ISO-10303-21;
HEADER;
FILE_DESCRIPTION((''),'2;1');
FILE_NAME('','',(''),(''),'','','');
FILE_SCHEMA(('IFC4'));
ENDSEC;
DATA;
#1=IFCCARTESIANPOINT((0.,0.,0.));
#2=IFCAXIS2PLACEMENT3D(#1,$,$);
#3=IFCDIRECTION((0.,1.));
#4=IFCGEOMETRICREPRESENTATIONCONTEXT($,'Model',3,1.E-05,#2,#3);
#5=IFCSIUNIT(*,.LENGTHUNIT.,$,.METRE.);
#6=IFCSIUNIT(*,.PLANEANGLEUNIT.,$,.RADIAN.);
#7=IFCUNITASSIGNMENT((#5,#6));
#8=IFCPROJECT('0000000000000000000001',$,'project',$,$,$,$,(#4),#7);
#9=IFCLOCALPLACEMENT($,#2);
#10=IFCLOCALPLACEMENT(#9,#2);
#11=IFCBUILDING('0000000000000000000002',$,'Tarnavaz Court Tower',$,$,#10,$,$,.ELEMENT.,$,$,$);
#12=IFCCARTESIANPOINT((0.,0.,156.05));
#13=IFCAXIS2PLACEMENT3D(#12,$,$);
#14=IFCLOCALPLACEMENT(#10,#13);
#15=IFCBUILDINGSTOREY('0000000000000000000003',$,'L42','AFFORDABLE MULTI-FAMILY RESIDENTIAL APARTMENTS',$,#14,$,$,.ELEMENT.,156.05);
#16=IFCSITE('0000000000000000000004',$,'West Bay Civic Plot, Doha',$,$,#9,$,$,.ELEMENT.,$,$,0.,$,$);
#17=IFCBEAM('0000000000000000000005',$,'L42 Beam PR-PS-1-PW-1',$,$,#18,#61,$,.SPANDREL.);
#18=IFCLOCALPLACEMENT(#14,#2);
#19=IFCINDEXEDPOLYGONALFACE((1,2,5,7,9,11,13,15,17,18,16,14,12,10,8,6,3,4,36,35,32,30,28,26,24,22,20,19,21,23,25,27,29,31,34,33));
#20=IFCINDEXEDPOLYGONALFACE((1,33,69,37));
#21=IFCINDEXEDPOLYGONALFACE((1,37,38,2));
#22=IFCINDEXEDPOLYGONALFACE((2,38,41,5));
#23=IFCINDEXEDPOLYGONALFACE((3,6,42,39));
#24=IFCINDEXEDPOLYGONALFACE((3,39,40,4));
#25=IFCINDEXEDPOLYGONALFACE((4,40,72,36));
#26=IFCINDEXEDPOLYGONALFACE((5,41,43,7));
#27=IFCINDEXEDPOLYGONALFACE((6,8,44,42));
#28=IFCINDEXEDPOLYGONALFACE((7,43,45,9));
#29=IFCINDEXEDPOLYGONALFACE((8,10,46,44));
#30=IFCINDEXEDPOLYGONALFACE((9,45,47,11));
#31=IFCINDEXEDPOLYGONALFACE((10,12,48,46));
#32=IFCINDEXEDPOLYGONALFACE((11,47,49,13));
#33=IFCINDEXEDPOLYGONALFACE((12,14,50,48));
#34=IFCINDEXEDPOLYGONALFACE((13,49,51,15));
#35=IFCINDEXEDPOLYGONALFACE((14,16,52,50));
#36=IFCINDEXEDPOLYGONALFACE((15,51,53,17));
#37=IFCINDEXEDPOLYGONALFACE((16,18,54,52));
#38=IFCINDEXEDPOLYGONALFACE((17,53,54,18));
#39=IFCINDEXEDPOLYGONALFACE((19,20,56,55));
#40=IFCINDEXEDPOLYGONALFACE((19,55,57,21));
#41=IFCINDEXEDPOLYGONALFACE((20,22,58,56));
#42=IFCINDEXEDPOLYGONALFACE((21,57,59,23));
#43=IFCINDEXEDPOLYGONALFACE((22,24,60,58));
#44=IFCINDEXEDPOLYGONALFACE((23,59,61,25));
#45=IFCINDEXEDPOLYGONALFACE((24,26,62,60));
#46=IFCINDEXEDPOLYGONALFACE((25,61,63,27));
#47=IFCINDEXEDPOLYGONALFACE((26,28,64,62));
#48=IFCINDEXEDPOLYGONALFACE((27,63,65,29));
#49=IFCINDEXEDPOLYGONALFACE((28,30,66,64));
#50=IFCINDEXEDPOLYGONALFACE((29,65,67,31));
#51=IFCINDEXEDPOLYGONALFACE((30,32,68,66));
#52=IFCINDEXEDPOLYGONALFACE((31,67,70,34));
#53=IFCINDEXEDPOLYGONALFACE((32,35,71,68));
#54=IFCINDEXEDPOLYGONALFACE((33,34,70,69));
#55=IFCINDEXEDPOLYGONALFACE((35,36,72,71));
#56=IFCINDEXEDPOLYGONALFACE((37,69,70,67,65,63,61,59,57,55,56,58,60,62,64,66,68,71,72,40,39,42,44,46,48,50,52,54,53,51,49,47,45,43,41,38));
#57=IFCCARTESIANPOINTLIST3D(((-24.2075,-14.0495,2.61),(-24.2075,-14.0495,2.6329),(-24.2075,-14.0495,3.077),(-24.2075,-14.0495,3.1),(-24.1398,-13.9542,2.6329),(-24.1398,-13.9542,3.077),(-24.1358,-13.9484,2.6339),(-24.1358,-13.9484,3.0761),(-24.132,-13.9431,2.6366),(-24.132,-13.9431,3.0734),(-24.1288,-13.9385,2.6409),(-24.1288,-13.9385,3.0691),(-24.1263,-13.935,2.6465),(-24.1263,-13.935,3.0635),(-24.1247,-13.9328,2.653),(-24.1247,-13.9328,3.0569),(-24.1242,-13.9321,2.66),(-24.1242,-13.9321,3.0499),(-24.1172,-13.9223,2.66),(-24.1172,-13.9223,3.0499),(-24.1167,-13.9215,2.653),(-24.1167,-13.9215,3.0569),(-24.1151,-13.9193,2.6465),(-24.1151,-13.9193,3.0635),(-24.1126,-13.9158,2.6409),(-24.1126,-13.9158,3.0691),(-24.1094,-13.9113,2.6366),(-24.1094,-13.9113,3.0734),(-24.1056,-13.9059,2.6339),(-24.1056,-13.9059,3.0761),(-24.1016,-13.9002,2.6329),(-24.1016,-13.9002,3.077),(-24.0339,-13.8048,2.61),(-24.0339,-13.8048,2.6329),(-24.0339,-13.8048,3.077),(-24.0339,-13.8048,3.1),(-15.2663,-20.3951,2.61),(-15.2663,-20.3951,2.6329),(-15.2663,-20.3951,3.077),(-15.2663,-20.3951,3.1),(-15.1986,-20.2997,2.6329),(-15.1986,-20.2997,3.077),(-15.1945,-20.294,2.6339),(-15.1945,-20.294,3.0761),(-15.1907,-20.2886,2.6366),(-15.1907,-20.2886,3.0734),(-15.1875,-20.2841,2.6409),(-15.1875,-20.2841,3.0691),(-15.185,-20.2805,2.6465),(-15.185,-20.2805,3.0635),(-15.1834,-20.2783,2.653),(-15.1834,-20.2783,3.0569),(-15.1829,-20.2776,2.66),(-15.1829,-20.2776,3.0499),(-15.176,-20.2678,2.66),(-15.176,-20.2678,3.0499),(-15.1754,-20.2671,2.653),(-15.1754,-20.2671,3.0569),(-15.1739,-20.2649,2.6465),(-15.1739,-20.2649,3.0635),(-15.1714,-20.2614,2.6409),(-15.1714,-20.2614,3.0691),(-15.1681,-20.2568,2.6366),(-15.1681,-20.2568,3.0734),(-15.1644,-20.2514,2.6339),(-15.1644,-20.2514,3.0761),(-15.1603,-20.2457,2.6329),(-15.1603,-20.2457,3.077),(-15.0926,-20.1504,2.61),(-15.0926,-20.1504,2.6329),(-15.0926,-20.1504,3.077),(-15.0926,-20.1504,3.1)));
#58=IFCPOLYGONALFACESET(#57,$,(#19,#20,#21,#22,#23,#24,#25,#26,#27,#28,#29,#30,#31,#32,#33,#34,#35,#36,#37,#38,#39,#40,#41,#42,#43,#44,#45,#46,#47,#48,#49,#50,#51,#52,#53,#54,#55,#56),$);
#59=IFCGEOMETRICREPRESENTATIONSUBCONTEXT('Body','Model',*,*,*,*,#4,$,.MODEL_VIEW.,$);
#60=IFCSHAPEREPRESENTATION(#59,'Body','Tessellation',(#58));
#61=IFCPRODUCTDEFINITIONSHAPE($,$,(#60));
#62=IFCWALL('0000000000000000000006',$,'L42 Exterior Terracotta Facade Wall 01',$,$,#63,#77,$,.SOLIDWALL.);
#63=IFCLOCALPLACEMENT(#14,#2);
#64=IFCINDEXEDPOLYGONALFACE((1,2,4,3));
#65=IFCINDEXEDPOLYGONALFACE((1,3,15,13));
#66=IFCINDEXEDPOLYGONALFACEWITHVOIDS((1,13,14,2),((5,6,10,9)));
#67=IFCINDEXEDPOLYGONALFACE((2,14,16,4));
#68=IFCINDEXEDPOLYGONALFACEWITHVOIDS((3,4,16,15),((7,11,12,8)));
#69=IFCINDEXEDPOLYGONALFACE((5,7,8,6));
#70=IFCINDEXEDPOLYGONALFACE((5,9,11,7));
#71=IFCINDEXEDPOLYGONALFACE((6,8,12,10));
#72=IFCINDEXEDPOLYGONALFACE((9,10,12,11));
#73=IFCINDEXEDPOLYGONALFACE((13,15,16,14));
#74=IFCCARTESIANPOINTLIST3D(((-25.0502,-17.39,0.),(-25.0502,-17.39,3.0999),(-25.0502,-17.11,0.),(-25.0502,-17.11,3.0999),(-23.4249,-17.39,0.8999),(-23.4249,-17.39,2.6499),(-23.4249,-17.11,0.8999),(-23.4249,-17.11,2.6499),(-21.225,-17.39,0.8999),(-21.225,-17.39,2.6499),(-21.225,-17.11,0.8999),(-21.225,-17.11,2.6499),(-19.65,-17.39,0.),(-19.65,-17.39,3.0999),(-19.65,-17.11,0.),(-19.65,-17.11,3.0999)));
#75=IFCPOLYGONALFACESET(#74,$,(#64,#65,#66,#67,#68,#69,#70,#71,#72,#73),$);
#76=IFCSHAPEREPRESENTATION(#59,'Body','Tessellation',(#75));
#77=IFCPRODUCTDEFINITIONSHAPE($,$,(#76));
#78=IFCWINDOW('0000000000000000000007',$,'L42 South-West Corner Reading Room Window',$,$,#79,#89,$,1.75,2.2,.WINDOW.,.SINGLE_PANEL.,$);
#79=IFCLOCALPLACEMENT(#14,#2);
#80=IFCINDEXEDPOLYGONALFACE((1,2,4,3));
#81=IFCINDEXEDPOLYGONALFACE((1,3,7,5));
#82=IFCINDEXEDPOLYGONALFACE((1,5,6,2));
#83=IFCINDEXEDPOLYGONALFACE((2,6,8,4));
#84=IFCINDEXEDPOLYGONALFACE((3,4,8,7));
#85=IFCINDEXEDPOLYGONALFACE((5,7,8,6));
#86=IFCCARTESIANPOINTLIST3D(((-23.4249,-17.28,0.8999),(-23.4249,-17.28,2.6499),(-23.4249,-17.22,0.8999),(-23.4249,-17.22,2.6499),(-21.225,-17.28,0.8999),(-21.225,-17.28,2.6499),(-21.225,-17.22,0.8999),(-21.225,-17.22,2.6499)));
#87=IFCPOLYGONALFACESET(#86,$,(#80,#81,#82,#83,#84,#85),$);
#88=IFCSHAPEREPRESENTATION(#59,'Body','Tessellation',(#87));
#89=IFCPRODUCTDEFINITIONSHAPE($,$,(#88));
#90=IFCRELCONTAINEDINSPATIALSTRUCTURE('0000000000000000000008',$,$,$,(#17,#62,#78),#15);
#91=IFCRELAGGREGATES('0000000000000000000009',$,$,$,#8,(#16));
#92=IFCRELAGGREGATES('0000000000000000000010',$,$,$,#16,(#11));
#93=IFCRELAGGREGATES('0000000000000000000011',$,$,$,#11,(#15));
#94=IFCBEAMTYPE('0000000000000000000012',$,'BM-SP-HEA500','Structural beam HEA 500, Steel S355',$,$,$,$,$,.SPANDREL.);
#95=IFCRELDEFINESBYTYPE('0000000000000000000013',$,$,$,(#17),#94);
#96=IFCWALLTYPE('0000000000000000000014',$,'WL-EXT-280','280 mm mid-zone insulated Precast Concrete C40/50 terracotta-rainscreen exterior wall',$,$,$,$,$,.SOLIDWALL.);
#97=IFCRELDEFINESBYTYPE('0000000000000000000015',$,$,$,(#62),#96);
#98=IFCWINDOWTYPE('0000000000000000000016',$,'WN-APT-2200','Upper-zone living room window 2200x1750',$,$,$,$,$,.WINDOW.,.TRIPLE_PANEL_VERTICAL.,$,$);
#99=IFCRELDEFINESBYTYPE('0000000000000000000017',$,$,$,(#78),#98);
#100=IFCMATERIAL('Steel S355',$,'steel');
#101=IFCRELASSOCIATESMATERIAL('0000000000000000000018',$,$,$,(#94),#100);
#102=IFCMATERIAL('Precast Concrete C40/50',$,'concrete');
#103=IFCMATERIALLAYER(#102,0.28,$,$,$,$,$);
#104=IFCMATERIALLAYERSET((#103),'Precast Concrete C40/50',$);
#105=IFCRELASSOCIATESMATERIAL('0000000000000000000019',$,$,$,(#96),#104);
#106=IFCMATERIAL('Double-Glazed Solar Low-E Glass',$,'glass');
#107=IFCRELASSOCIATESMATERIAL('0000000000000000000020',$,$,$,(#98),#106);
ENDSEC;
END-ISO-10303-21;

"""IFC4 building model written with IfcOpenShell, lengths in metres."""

from ifc_helpers import new_model, si_unit, direction, frame, frame_2d, origin, origin_2d, place, context, subcontext, project, spatial, rectangle, i_section, extrude, material, layer, layer_set, material_profile, profile_set, type_object, element, fill, save


model = new_model("IFC4")

# Units and contexts
model_context = context("Model", 3, precision=1e-05, world=origin(), true_north=direction((0.0, 1.0)))
body_context = subcontext(model_context, "Body", "Model", "MODEL_VIEW")
ifc_project = project(units=[si_unit("LENGTHUNIT", "METRE"), si_unit("PLANEANGLEUNIT", "RADIAN")], contexts=[model_context])

# Site, building, storey
site_placement = place(None, origin())
site = spatial("IfcSite", under=ifc_project, at=site_placement, Name="West Bay Civic Plot, Doha", CompositionType="ELEMENT", RefElevation=0.0)
building_placement = place(site_placement, origin())
building = spatial("IfcBuilding", under=site, at=building_placement, Name="Tarnavaz Court Tower", CompositionType="ELEMENT")
storey_placement = place(building_placement, frame((0.0, 0.0, 156.05)))
storey = spatial("IfcBuildingStorey", under=building, at=storey_placement, Name="L42", Description="AFFORDABLE MULTI-FAMILY RESIDENTIAL APARTMENTS", CompositionType="ELEMENT", Elevation=156.05)

# Beam
ifc_material_1 = material(Name="Steel S355", Category="steel")
ifc_material_profile_1 = material_profile(ifc_material_1, i_section(OverallWidth=0.3, OverallDepth=0.49, WebThickness=0.012, FlangeThickness=0.0229, FilletRadius=0.0271, at=origin_2d()), Name="HEA 500")
ifc_profile_set_1 = profile_set([ifc_material_profile_1], Name="Steel S355")
beam_type_1 = type_object("IfcBeamType", Name="BM-SP-HEA500", Description="Structural beam HEA 500, Steel S355", PredefinedType="SPANDREL", material=ifc_profile_set_1)
beam_1_placement = place(storey_placement, frame((-15.1794, -20.2727, 2.855), z_axis=(-0.815502, 0.578754, 0.0), x_axis=(-0.578754, -0.815502, 0.0)))
element("IfcBeam", 1, at=beam_1_placement, inside=storey, type_object=beam_type_1, Name="L42 Beam PR-PS-1-PW-1", PredefinedType="SPANDREL", context=body_context, shape_type="SweptSolid", body=[
    extrude(i_section(OverallWidth=0.3, OverallDepth=0.49, WebThickness=0.012, FlangeThickness=0.0229, FilletRadius=0.0271, at=origin_2d()), origin(), (0.0, 0.0, 1.0), 10.9641),
])

# Wall, opening, window
ifc_material_2 = material(Name="Precast Concrete C40/50", Category="concrete")
ifc_layer_1 = layer(ifc_material_2, 0.28)
ifc_layer_set_1 = layer_set([ifc_layer_1], Name="Precast Concrete C40/50")
wall_type_1 = type_object("IfcWallType", Name="WL-EXT-280", Description="280 mm mid-zone insulated Precast Concrete C40/50 terracotta-rainscreen exterior wall", PredefinedType="SOLIDWALL", material=ifc_layer_set_1)
wall_1_placement = place(storey_placement, frame((-19.6499, -17.25, 0.0), z_axis=(0.0, 0.0, 1.0), x_axis=(-1.0, 0.0, 0.0)))
wall_1 = element("IfcWall", 2, at=wall_1_placement, inside=storey, type_object=wall_type_1, Name="L42 Exterior Terracotta Facade Wall 01", PredefinedType="SOLIDWALL", context=body_context, shape_type="SweptSolid", body=[
    extrude(rectangle(XDim=5.4001, YDim=0.28, at=frame_2d((2.7002, 0.0))), origin(), (0.0, 0.0, 1.0), 3.0999),
])
opening_1_placement = place(wall_1_placement, frame((1.575, 0.0, 0.8999)))
opening_1 = element("IfcOpeningElement", 3, at=opening_1_placement, cuts=wall_1, PredefinedType="OPENING", context=body_context, shape_type="SweptSolid", body=[
    extrude(rectangle(XDim=2.2, YDim=1.75, at=frame_2d((1.1001, 0.875))), frame((0.0, 0.1499, 0.0), z_axis=(0.0, -1.0, 0.0), x_axis=(1.0, 0.0, 0.0)), (0.0, 0.0, 1.0), 0.3),
])
ifc_material_3 = material(Name="Double-Glazed Solar Low-E Glass", Category="glass")
window_type_1 = type_object("IfcWindowType", Name="WN-APT-2200", Description="Upper-zone living room window 2200x1750", PartitioningType="TRIPLE_PANEL_VERTICAL", PredefinedType="WINDOW", material=ifc_material_3)
window_1_placement = place(opening_1_placement, origin())
window_1 = element("IfcWindow", 4, at=window_1_placement, inside=storey, type_object=window_type_1, Name="L42 South-West Corner Reading Room Window", OverallHeight=1.75, OverallWidth=2.2, PartitioningType="SINGLE_PANEL", PredefinedType="WINDOW", context=body_context, shape_type="SweptSolid", body=[
    extrude(rectangle(XDim=2.2, YDim=1.75, at=frame_2d((1.1001, 0.875))), frame((0.0, 0.03, 0.0), z_axis=(0.0, -1.0, 0.0), x_axis=(1.0, 0.0, 0.0)), (0.0, 0.0, 1.0), 0.0601),
])
fill(opening_1, window_1)

save(model, "model.ifc")
